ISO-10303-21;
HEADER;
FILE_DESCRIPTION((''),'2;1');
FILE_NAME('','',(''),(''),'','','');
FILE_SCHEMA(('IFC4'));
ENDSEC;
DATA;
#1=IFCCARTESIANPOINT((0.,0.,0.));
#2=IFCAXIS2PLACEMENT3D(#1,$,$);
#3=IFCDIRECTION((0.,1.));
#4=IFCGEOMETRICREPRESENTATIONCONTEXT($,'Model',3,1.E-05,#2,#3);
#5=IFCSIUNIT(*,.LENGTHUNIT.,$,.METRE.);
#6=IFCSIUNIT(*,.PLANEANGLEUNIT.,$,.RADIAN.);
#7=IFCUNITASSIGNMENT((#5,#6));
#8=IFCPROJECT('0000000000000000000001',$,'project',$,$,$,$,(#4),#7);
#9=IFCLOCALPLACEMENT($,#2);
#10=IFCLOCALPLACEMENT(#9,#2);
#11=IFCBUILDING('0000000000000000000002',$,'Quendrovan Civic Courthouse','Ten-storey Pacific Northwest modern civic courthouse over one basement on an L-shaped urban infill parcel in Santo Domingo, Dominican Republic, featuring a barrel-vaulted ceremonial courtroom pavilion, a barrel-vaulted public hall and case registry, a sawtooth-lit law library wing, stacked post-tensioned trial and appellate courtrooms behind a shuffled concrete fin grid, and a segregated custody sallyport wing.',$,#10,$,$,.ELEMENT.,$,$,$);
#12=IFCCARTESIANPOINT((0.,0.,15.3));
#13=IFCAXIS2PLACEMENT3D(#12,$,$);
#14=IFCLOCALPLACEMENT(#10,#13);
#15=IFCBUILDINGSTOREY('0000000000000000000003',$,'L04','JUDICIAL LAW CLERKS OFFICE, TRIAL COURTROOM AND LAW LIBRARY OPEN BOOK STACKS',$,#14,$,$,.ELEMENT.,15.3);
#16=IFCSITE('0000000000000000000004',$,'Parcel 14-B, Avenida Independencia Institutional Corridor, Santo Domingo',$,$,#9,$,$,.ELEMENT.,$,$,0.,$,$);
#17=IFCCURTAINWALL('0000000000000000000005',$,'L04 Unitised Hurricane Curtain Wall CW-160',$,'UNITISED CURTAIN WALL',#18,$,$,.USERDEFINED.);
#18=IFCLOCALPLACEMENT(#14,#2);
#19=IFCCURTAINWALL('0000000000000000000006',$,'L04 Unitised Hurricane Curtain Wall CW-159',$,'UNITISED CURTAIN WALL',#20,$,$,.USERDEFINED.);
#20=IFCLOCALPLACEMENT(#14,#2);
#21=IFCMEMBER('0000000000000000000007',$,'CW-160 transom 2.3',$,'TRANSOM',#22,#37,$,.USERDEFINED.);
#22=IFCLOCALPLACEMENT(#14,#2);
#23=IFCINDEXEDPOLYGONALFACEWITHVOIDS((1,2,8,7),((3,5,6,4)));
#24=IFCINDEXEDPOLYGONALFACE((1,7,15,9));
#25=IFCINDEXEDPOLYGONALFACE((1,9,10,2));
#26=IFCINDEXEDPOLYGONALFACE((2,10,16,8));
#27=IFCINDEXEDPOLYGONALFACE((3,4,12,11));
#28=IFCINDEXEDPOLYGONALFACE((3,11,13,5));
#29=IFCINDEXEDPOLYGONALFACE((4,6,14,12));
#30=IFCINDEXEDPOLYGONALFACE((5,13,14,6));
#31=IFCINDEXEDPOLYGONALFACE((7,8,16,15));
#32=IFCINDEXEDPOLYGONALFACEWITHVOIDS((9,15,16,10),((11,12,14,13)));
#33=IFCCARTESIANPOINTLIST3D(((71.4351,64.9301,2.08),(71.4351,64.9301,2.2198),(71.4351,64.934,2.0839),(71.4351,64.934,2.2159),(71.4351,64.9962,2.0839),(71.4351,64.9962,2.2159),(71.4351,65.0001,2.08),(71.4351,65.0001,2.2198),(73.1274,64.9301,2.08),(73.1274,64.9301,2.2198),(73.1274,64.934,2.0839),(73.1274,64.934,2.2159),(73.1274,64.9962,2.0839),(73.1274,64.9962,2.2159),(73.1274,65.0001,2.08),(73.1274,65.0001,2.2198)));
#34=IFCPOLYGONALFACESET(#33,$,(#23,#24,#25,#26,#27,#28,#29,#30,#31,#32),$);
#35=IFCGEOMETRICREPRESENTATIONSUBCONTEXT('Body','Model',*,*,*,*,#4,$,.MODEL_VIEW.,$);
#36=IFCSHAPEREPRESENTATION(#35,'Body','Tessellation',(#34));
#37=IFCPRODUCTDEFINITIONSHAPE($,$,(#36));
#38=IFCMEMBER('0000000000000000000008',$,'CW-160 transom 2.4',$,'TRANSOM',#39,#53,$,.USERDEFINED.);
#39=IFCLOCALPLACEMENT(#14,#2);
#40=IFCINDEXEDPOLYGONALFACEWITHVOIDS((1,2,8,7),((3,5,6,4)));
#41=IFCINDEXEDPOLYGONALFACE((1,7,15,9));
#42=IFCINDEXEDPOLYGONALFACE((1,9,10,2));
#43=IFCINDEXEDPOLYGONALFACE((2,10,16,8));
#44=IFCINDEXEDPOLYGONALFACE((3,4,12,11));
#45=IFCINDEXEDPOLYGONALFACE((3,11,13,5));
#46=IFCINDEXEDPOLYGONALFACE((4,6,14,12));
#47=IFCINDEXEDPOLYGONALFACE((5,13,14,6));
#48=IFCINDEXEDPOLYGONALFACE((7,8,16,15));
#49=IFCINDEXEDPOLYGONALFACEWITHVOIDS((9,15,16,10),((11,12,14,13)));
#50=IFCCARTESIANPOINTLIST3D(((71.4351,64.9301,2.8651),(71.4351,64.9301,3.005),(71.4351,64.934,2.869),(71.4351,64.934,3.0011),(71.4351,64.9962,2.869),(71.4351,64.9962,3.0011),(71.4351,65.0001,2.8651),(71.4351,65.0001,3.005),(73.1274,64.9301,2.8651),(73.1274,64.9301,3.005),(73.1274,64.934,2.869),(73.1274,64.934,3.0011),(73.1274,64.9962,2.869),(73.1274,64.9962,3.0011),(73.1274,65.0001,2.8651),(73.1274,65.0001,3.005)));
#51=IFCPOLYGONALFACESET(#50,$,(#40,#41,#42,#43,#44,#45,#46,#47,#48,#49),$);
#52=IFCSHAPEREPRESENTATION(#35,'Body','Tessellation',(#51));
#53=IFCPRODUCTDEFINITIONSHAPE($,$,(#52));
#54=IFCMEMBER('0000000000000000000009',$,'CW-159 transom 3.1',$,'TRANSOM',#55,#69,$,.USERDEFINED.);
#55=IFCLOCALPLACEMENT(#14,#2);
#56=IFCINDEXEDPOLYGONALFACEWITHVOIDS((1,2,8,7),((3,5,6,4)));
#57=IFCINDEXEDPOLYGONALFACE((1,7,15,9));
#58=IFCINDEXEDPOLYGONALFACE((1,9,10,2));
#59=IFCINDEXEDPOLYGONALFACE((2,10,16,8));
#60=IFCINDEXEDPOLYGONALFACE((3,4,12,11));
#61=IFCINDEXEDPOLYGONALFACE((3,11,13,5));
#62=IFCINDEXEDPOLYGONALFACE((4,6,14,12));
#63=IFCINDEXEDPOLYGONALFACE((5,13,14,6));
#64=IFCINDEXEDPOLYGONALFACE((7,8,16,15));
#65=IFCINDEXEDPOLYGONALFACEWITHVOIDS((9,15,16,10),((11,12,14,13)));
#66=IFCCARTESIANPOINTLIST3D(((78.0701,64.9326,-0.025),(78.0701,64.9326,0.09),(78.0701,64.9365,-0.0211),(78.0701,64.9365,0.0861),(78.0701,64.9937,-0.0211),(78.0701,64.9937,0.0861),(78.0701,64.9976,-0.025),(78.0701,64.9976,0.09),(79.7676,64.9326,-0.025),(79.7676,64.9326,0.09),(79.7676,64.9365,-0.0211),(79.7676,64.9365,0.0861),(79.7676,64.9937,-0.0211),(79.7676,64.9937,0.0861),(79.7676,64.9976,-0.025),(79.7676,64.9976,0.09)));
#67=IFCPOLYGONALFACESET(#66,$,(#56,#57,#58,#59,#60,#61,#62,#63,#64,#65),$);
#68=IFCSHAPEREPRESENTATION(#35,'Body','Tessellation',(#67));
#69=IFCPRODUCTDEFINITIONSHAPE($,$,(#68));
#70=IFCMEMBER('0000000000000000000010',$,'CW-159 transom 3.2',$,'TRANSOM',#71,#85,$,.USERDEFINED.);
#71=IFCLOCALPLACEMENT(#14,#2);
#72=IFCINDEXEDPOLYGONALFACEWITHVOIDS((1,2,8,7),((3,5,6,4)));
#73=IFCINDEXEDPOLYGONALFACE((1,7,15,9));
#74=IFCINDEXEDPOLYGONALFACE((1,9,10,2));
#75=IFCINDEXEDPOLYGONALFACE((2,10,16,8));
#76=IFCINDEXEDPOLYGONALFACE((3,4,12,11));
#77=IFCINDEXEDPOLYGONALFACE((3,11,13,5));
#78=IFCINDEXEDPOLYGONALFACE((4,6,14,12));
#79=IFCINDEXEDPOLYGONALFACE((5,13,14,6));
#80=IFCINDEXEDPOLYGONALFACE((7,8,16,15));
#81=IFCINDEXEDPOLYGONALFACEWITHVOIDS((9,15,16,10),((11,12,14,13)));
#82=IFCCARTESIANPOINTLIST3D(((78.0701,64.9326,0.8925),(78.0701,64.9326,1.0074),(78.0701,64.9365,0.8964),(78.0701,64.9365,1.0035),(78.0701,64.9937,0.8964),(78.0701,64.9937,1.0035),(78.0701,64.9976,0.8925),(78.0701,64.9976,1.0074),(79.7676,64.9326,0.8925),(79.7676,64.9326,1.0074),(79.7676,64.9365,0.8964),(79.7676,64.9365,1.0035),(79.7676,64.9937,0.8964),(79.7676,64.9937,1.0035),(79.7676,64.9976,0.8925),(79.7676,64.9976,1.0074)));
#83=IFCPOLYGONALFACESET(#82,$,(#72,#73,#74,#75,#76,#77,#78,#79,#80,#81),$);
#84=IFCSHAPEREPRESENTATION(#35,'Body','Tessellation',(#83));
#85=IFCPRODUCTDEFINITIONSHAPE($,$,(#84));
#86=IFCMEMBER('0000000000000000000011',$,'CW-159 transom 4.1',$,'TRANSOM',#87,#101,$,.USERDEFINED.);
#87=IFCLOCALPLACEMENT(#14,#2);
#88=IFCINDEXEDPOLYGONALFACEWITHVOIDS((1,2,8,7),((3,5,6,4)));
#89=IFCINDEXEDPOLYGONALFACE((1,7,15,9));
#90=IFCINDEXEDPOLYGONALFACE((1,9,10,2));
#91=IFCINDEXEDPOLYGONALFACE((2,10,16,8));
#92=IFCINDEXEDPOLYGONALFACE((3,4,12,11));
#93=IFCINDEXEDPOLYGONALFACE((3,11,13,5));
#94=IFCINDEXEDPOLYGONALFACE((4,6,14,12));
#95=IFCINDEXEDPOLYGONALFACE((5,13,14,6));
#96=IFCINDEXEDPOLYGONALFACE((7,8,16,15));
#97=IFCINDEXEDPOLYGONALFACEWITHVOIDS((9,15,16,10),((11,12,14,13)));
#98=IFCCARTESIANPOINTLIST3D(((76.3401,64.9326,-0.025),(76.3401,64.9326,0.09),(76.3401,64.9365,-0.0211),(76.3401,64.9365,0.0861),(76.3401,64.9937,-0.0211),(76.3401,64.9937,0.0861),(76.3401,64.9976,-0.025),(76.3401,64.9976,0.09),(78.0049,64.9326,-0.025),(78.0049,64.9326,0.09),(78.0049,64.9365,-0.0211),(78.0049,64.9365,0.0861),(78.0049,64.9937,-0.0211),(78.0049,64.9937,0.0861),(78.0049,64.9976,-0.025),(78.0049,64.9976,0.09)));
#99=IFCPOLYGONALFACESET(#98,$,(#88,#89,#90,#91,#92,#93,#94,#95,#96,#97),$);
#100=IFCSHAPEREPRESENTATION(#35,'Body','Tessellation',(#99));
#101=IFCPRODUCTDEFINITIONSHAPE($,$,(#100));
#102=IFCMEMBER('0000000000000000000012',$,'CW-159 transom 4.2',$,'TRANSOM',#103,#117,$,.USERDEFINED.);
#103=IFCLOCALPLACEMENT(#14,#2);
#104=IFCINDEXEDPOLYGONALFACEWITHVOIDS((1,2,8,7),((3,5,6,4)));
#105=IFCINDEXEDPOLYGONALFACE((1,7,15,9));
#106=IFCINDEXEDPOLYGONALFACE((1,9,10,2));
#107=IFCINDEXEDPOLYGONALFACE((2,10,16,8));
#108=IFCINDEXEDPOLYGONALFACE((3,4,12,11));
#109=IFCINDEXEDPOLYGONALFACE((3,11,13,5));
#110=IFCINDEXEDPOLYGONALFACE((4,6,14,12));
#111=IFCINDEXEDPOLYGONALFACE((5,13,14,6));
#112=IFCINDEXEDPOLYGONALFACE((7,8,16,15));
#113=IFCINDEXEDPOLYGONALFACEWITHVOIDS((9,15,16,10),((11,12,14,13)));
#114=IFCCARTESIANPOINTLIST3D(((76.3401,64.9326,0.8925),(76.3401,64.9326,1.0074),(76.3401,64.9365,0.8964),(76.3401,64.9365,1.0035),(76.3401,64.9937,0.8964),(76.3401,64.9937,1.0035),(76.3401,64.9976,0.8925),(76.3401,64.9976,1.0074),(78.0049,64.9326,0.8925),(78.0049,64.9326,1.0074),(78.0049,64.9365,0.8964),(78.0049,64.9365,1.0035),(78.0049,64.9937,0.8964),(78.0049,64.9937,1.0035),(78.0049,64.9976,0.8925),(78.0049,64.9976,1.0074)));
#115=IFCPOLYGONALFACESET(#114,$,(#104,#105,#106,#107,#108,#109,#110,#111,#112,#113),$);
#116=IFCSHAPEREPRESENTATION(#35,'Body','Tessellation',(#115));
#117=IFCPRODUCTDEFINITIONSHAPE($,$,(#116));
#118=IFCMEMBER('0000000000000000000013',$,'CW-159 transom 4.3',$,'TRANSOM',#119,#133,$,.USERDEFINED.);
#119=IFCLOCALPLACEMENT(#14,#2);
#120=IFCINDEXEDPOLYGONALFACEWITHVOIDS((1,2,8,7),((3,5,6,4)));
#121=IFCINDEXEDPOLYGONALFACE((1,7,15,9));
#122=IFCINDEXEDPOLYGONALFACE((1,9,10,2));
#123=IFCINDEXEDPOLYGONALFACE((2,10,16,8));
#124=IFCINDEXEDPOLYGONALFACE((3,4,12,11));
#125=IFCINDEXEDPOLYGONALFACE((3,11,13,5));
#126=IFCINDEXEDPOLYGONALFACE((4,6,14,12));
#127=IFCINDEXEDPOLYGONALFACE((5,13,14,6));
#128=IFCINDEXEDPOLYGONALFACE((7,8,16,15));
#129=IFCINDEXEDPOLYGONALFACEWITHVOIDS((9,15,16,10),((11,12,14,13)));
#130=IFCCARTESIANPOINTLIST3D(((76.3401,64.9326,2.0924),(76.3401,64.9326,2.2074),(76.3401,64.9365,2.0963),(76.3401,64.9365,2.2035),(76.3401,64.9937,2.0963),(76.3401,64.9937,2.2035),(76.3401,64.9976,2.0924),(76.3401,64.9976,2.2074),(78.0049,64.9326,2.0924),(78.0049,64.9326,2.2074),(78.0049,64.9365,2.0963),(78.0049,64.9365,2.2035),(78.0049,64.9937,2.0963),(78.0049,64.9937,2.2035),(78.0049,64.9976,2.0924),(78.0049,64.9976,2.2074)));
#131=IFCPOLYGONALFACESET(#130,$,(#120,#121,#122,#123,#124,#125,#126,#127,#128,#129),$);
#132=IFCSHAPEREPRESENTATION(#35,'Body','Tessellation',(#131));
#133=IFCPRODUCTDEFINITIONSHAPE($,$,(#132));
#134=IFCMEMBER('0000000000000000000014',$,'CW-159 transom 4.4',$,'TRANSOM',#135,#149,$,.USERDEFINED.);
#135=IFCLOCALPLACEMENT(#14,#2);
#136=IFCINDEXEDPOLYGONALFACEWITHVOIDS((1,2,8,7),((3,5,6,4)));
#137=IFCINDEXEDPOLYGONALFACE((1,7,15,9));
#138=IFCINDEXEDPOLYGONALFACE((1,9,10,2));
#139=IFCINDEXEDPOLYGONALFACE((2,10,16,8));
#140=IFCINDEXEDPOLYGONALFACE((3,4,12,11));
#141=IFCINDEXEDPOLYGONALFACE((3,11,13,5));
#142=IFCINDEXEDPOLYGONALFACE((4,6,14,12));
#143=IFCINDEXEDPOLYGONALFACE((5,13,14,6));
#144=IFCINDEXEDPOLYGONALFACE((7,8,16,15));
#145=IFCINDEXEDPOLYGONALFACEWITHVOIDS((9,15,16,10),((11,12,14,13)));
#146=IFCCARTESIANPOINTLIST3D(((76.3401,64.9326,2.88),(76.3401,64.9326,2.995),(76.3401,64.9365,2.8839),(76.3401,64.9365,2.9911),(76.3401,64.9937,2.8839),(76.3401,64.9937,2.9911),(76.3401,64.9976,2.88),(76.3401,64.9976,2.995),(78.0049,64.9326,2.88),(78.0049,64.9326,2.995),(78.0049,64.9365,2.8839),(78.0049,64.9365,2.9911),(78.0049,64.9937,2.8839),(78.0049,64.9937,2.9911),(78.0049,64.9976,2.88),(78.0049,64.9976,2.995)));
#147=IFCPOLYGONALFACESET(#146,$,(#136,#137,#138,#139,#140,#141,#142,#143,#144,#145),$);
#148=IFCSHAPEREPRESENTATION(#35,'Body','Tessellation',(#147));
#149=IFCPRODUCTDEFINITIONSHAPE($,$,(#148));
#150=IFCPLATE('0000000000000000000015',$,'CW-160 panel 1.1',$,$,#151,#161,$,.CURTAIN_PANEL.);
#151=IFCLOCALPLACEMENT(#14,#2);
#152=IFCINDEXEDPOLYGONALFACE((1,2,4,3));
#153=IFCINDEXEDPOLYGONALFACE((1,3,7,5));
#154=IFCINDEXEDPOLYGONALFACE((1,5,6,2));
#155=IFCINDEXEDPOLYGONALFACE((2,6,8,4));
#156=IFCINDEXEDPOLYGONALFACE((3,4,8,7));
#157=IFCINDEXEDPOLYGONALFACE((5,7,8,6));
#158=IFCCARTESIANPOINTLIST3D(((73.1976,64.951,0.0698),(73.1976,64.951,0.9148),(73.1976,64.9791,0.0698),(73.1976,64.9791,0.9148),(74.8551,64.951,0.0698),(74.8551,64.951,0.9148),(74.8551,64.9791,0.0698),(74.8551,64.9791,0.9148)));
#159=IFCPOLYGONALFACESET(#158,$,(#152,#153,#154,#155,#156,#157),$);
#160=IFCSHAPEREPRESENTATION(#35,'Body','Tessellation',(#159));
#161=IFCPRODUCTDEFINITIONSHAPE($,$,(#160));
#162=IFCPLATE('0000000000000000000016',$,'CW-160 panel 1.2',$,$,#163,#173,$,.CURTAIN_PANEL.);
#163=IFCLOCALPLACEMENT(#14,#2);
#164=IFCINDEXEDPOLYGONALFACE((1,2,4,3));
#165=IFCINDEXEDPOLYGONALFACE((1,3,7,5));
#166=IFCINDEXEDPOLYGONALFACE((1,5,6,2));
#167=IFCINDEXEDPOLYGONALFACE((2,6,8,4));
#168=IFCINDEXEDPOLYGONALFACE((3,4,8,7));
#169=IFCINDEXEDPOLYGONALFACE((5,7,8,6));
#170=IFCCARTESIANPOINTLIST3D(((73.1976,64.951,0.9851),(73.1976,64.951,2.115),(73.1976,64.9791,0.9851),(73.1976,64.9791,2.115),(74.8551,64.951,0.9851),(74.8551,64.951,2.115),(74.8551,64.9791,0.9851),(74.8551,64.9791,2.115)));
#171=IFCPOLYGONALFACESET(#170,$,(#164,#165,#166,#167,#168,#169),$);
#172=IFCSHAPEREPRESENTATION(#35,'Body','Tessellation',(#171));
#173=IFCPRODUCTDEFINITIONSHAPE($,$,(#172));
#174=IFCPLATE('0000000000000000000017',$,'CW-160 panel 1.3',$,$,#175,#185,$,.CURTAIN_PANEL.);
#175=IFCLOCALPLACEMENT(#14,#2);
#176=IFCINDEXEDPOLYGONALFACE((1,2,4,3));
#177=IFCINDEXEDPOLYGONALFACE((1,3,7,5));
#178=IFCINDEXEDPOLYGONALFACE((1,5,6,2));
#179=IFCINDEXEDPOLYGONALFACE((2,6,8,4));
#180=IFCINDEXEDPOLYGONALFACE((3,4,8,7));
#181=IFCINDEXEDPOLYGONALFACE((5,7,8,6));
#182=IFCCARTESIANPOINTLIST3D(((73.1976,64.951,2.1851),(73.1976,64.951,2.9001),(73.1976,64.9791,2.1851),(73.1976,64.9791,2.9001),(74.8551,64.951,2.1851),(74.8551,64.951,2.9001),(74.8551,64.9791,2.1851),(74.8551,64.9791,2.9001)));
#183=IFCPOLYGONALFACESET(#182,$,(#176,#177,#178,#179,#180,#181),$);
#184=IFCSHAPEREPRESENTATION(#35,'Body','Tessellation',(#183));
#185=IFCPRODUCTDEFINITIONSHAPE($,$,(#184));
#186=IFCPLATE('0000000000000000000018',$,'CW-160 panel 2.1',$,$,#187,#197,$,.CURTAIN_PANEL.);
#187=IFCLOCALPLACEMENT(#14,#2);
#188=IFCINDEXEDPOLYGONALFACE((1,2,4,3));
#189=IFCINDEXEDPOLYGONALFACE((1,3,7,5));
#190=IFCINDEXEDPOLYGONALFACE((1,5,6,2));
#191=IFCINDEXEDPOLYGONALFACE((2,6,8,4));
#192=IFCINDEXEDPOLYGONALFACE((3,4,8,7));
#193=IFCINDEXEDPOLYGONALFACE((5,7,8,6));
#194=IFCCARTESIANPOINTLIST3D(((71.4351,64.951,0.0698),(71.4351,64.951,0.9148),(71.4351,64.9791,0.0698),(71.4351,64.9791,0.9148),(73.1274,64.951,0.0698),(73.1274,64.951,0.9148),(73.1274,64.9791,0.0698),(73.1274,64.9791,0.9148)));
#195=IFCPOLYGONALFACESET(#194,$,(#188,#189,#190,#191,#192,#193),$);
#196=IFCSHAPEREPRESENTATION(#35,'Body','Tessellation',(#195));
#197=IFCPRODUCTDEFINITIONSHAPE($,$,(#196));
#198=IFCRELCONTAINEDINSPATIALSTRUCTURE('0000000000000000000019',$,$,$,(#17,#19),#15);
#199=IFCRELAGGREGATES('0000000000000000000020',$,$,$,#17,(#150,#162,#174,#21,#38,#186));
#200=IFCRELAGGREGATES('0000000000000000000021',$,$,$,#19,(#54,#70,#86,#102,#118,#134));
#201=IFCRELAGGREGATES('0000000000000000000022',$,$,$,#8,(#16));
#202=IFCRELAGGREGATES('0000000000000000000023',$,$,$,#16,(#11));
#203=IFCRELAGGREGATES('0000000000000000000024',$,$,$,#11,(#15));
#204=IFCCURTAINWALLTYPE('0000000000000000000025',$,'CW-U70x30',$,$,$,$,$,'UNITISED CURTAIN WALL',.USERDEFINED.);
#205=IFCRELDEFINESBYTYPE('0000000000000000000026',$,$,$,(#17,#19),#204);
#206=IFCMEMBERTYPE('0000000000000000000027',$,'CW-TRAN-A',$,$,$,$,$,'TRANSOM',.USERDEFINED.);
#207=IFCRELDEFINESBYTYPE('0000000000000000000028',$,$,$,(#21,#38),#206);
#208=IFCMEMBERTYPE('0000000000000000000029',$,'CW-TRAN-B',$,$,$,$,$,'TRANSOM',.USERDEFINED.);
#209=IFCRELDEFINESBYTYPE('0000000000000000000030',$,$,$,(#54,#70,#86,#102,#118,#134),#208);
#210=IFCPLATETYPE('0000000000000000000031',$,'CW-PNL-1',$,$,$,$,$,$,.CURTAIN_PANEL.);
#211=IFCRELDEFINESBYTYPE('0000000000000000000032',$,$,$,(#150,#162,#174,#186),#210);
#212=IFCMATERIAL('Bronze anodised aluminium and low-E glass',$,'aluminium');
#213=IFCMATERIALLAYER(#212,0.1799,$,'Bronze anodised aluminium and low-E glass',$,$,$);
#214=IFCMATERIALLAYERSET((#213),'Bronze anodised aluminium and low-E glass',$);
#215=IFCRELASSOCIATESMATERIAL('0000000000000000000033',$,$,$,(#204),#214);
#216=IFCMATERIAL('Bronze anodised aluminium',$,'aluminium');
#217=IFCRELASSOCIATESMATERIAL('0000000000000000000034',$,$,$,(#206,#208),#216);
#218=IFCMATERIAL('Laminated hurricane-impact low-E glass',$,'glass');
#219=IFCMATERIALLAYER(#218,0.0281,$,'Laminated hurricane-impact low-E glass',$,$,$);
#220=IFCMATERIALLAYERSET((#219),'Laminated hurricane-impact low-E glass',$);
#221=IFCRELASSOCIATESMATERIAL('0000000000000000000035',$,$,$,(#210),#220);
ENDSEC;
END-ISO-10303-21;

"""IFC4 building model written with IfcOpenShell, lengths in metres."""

from ifc_helpers import new_model, si_unit, direction, frame, origin, origin_2d, place, context, subcontext, project, spatial, rectangle, hollow_rectangle, extrude, material, layer, layer_set, material_profile, profile_set, type_object, element, aggregate, save


model = new_model("IFC4")

# Units and contexts
model_context = context("Model", 3, precision=1e-05, world=origin(), true_north=direction((0.0, 1.0)))
body_context = subcontext(model_context, "Body", "Model", "MODEL_VIEW")
ifc_project = project(units=[si_unit("LENGTHUNIT", "METRE"), si_unit("PLANEANGLEUNIT", "RADIAN")], contexts=[model_context])

# Site, building, storey
site_placement = place(None, origin())
site = spatial("IfcSite", under=ifc_project, at=site_placement, Name="Parcel 14-B, Avenida Independencia Institutional Corridor, Santo Domingo", CompositionType="ELEMENT", RefElevation=0.0)
building_placement = place(site_placement, origin())
building = spatial("IfcBuilding", under=site, at=building_placement, Name="Quendrovan Civic Courthouse", Description="Ten-storey Pacific Northwest modern civic courthouse over one basement on an L-shaped urban infill parcel in Santo Domingo, Dominican Republic, featuring a barrel-vaulted ceremonial courtroom pavilion, a barrel-vaulted public hall and case registry, a sawtooth-lit law library wing, stacked post-tensioned trial and appellate courtrooms behind a shuffled concrete fin grid, and a segregated custody sallyport wing.", CompositionType="ELEMENT")
storey_placement = place(building_placement, frame((0.0, 0.0, 15.3)))
storey = spatial("IfcBuildingStorey", under=building, at=storey_placement, Name="L04", Description="JUDICIAL LAW CLERKS OFFICE, TRIAL COURTROOM AND LAW LIBRARY OPEN BOOK STACKS", CompositionType="ELEMENT", Elevation=15.3)

# Curtain walls
ifc_material_1 = material(Name="Bronze anodised aluminium and low-E glass", Category="aluminium")
ifc_layer_1 = layer(ifc_material_1, 0.1799, Name="Bronze anodised aluminium and low-E glass")
ifc_layer_set_1 = layer_set([ifc_layer_1], Name="Bronze anodised aluminium and low-E glass")
curtain_wall_type = type_object("IfcCurtainWallType", Name="CW-U70x30", ElementType="UNITISED CURTAIN WALL", PredefinedType="USERDEFINED", material=ifc_layer_set_1)
curtain_wall_1_placement = place(storey_placement, origin())
curtain_wall_1 = element("IfcCurtainWall", 1, at=curtain_wall_1_placement, inside=storey, type_object=curtain_wall_type, Name="L04 Unitised Hurricane Curtain Wall CW-160", ObjectType="UNITISED CURTAIN WALL", PredefinedType="USERDEFINED")
ifc_material_2 = material(Name="Bronze anodised aluminium", Category="aluminium")
curtain_wall_2_placement = place(storey_placement, origin())
curtain_wall_2 = element("IfcCurtainWall", 2, at=curtain_wall_2_placement, inside=storey, type_object=curtain_wall_type, Name="L04 Unitised Hurricane Curtain Wall CW-159", ObjectType="UNITISED CURTAIN WALL", PredefinedType="USERDEFINED")

# Members
ifc_material_profile_1 = material_profile(ifc_material_2, hollow_rectangle(XDim=0.0701, YDim=0.1399, WallThickness=0.0039, at=origin_2d()), Name="CW-TRAN-70x140")
ifc_profile_set_1 = profile_set([ifc_material_profile_1], Name="Bronze anodised aluminium")
member_type_1 = type_object("IfcMemberType", Name="CW-TRAN-A", ElementType="TRANSOM", PredefinedType="USERDEFINED", material=ifc_profile_set_1)
member_1_placement = place(storey_placement, frame((73.1274, 64.9651, 2.1499), z_axis=(-1.0, 0.0, 0.0), x_axis=(0.0, -1.0, 0.0)))
member_1 = element("IfcMember", 3, at=member_1_placement, type_object=member_type_1, Name="CW-160 transom 2.3", ObjectType="TRANSOM", PredefinedType="USERDEFINED", context=body_context, shape_type="SweptSolid", body=[
    extrude(hollow_rectangle(XDim=0.0701, YDim=0.1399, WallThickness=0.0039, at=origin_2d()), origin(), (0.0, 0.0, 1.0), 1.6924),
])
member_2_placement = place(storey_placement, frame((73.1274, 64.9651, 2.9351), z_axis=(-1.0, 0.0, 0.0), x_axis=(0.0, -1.0, 0.0)))
member_2 = element("IfcMember", 4, at=member_2_placement, type_object=member_type_1, Name="CW-160 transom 2.4", ObjectType="TRANSOM", PredefinedType="USERDEFINED", context=body_context, shape_type="SweptSolid", body=[
    extrude(hollow_rectangle(XDim=0.0701, YDim=0.1399, WallThickness=0.0039, at=origin_2d()), origin(), (0.0, 0.0, 1.0), 1.6924),
])
ifc_material_profile_2 = material_profile(ifc_material_2, hollow_rectangle(XDim=0.0649, YDim=0.115, WallThickness=0.0039, at=origin_2d()), Name="CW-TRAN-65x115")
ifc_profile_set_2 = profile_set([ifc_material_profile_2], Name="Bronze anodised aluminium")
member_type_2 = type_object("IfcMemberType", Name="CW-TRAN-B", ElementType="TRANSOM", PredefinedType="USERDEFINED", material=ifc_profile_set_2)
member_3_placement = place(storey_placement, frame((79.7676, 64.9651, 0.0325), z_axis=(-1.0, 0.0, 0.0), x_axis=(0.0, -1.0, 0.0)))
member_3 = element("IfcMember", 5, at=member_3_placement, type_object=member_type_2, Name="CW-159 transom 3.1", ObjectType="TRANSOM", PredefinedType="USERDEFINED", context=body_context, shape_type="SweptSolid", body=[
    extrude(hollow_rectangle(XDim=0.0649, YDim=0.115, WallThickness=0.0039, at=origin_2d()), origin(), (0.0, 0.0, 1.0), 1.6975),
])
member_4_placement = place(storey_placement, frame((79.7676, 64.9651, 0.95), z_axis=(-1.0, 0.0, 0.0), x_axis=(0.0, -1.0, 0.0)))
member_4 = element("IfcMember", 6, at=member_4_placement, type_object=member_type_2, Name="CW-159 transom 3.2", ObjectType="TRANSOM", PredefinedType="USERDEFINED", context=body_context, shape_type="SweptSolid", body=[
    extrude(hollow_rectangle(XDim=0.0649, YDim=0.115, WallThickness=0.0039, at=origin_2d()), origin(), (0.0, 0.0, 1.0), 1.6975),
])
member_5_placement = place(storey_placement, frame((78.0049, 64.9651, 0.0325), z_axis=(-1.0, 0.0, 0.0), x_axis=(0.0, -1.0, 0.0)))
member_5 = element("IfcMember", 7, at=member_5_placement, type_object=member_type_2, Name="CW-159 transom 4.1", ObjectType="TRANSOM", PredefinedType="USERDEFINED", context=body_context, shape_type="SweptSolid", body=[
    extrude(hollow_rectangle(XDim=0.0649, YDim=0.115, WallThickness=0.0039, at=origin_2d()), origin(), (0.0, 0.0, 1.0), 1.6648),
])
member_6_placement = place(storey_placement, frame((78.0049, 64.9651, 0.95), z_axis=(-1.0, 0.0, 0.0), x_axis=(0.0, -1.0, 0.0)))
member_6 = element("IfcMember", 8, at=member_6_placement, type_object=member_type_2, Name="CW-159 transom 4.2", ObjectType="TRANSOM", PredefinedType="USERDEFINED", context=body_context, shape_type="SweptSolid", body=[
    extrude(hollow_rectangle(XDim=0.0649, YDim=0.115, WallThickness=0.0039, at=origin_2d()), origin(), (0.0, 0.0, 1.0), 1.6648),
])
member_7_placement = place(storey_placement, frame((78.0049, 64.9651, 2.1499), z_axis=(-1.0, 0.0, 0.0), x_axis=(0.0, -1.0, 0.0)))
member_7 = element("IfcMember", 9, at=member_7_placement, type_object=member_type_2, Name="CW-159 transom 4.3", ObjectType="TRANSOM", PredefinedType="USERDEFINED", context=body_context, shape_type="SweptSolid", body=[
    extrude(hollow_rectangle(XDim=0.0649, YDim=0.115, WallThickness=0.0039, at=origin_2d()), origin(), (0.0, 0.0, 1.0), 1.6648),
])
member_8_placement = place(storey_placement, frame((78.0049, 64.9651, 2.9375), z_axis=(-1.0, 0.0, 0.0), x_axis=(0.0, -1.0, 0.0)))
member_8 = element("IfcMember", 10, at=member_8_placement, type_object=member_type_2, Name="CW-159 transom 4.4", ObjectType="TRANSOM", PredefinedType="USERDEFINED", context=body_context, shape_type="SweptSolid", body=[
    extrude(hollow_rectangle(XDim=0.0649, YDim=0.115, WallThickness=0.0039, at=origin_2d()), origin(), (0.0, 0.0, 1.0), 1.6648),
])

# Plates
ifc_material_3 = material(Name="Laminated hurricane-impact low-E glass", Category="glass")
ifc_layer_2 = layer(ifc_material_3, 0.0281, Name="Laminated hurricane-impact low-E glass")
ifc_layer_set_2 = layer_set([ifc_layer_2], Name="Laminated hurricane-impact low-E glass")
plate_type_1 = type_object("IfcPlateType", Name="CW-PNL-1", PredefinedType="CURTAIN_PANEL", material=ifc_layer_set_2)
plate_1_placement = place(storey_placement, frame((74.0264, 64.9651, 0.0698), z_axis=(0.0, 0.0, 1.0), x_axis=(-1.0, 0.0, 0.0)))
plate_1 = element("IfcPlate", 11, at=plate_1_placement, type_object=plate_type_1, Name="CW-160 panel 1.1", PredefinedType="CURTAIN_PANEL", context=body_context, shape_type="SweptSolid", body=[
    extrude(rectangle(XDim=1.6575, YDim=0.0281, at=origin_2d()), origin(), (0.0, 0.0, 1.0), 0.845),
])
plate_2_placement = place(storey_placement, frame((74.0264, 64.9651, 0.9851), z_axis=(0.0, 0.0, 1.0), x_axis=(-1.0, 0.0, 0.0)))
plate_2 = element("IfcPlate", 12, at=plate_2_placement, type_object=plate_type_1, Name="CW-160 panel 1.2", PredefinedType="CURTAIN_PANEL", context=body_context, shape_type="SweptSolid", body=[
    extrude(rectangle(XDim=1.6575, YDim=0.0281, at=origin_2d()), origin(), (0.0, 0.0, 1.0), 1.1299),
])
plate_3_placement = place(storey_placement, frame((74.0264, 64.9651, 2.1851), z_axis=(0.0, 0.0, 1.0), x_axis=(-1.0, 0.0, 0.0)))
plate_3 = element("IfcPlate", 13, at=plate_3_placement, type_object=plate_type_1, Name="CW-160 panel 1.3", PredefinedType="CURTAIN_PANEL", context=body_context, shape_type="SweptSolid", body=[
    extrude(rectangle(XDim=1.6575, YDim=0.0281, at=origin_2d()), origin(), (0.0, 0.0, 1.0), 0.7151),
])
plate_4_placement = place(storey_placement, frame((72.2812, 64.9651, 0.0698), z_axis=(0.0, 0.0, 1.0), x_axis=(-1.0, 0.0, 0.0)))
plate_4 = element("IfcPlate", 14, at=plate_4_placement, type_object=plate_type_1, Name="CW-160 panel 2.1", PredefinedType="CURTAIN_PANEL", context=body_context, shape_type="SweptSolid", body=[
    extrude(rectangle(XDim=1.6924, YDim=0.0281, at=origin_2d()), origin(), (0.0, 0.0, 1.0), 0.845),
])
aggregate(curtain_wall_1, [plate_1, plate_2, plate_3, member_1, member_2, plate_4])
aggregate(curtain_wall_2, [member_3, member_4, member_5, member_6, member_7, member_8])

save(model, "model.ifc")
